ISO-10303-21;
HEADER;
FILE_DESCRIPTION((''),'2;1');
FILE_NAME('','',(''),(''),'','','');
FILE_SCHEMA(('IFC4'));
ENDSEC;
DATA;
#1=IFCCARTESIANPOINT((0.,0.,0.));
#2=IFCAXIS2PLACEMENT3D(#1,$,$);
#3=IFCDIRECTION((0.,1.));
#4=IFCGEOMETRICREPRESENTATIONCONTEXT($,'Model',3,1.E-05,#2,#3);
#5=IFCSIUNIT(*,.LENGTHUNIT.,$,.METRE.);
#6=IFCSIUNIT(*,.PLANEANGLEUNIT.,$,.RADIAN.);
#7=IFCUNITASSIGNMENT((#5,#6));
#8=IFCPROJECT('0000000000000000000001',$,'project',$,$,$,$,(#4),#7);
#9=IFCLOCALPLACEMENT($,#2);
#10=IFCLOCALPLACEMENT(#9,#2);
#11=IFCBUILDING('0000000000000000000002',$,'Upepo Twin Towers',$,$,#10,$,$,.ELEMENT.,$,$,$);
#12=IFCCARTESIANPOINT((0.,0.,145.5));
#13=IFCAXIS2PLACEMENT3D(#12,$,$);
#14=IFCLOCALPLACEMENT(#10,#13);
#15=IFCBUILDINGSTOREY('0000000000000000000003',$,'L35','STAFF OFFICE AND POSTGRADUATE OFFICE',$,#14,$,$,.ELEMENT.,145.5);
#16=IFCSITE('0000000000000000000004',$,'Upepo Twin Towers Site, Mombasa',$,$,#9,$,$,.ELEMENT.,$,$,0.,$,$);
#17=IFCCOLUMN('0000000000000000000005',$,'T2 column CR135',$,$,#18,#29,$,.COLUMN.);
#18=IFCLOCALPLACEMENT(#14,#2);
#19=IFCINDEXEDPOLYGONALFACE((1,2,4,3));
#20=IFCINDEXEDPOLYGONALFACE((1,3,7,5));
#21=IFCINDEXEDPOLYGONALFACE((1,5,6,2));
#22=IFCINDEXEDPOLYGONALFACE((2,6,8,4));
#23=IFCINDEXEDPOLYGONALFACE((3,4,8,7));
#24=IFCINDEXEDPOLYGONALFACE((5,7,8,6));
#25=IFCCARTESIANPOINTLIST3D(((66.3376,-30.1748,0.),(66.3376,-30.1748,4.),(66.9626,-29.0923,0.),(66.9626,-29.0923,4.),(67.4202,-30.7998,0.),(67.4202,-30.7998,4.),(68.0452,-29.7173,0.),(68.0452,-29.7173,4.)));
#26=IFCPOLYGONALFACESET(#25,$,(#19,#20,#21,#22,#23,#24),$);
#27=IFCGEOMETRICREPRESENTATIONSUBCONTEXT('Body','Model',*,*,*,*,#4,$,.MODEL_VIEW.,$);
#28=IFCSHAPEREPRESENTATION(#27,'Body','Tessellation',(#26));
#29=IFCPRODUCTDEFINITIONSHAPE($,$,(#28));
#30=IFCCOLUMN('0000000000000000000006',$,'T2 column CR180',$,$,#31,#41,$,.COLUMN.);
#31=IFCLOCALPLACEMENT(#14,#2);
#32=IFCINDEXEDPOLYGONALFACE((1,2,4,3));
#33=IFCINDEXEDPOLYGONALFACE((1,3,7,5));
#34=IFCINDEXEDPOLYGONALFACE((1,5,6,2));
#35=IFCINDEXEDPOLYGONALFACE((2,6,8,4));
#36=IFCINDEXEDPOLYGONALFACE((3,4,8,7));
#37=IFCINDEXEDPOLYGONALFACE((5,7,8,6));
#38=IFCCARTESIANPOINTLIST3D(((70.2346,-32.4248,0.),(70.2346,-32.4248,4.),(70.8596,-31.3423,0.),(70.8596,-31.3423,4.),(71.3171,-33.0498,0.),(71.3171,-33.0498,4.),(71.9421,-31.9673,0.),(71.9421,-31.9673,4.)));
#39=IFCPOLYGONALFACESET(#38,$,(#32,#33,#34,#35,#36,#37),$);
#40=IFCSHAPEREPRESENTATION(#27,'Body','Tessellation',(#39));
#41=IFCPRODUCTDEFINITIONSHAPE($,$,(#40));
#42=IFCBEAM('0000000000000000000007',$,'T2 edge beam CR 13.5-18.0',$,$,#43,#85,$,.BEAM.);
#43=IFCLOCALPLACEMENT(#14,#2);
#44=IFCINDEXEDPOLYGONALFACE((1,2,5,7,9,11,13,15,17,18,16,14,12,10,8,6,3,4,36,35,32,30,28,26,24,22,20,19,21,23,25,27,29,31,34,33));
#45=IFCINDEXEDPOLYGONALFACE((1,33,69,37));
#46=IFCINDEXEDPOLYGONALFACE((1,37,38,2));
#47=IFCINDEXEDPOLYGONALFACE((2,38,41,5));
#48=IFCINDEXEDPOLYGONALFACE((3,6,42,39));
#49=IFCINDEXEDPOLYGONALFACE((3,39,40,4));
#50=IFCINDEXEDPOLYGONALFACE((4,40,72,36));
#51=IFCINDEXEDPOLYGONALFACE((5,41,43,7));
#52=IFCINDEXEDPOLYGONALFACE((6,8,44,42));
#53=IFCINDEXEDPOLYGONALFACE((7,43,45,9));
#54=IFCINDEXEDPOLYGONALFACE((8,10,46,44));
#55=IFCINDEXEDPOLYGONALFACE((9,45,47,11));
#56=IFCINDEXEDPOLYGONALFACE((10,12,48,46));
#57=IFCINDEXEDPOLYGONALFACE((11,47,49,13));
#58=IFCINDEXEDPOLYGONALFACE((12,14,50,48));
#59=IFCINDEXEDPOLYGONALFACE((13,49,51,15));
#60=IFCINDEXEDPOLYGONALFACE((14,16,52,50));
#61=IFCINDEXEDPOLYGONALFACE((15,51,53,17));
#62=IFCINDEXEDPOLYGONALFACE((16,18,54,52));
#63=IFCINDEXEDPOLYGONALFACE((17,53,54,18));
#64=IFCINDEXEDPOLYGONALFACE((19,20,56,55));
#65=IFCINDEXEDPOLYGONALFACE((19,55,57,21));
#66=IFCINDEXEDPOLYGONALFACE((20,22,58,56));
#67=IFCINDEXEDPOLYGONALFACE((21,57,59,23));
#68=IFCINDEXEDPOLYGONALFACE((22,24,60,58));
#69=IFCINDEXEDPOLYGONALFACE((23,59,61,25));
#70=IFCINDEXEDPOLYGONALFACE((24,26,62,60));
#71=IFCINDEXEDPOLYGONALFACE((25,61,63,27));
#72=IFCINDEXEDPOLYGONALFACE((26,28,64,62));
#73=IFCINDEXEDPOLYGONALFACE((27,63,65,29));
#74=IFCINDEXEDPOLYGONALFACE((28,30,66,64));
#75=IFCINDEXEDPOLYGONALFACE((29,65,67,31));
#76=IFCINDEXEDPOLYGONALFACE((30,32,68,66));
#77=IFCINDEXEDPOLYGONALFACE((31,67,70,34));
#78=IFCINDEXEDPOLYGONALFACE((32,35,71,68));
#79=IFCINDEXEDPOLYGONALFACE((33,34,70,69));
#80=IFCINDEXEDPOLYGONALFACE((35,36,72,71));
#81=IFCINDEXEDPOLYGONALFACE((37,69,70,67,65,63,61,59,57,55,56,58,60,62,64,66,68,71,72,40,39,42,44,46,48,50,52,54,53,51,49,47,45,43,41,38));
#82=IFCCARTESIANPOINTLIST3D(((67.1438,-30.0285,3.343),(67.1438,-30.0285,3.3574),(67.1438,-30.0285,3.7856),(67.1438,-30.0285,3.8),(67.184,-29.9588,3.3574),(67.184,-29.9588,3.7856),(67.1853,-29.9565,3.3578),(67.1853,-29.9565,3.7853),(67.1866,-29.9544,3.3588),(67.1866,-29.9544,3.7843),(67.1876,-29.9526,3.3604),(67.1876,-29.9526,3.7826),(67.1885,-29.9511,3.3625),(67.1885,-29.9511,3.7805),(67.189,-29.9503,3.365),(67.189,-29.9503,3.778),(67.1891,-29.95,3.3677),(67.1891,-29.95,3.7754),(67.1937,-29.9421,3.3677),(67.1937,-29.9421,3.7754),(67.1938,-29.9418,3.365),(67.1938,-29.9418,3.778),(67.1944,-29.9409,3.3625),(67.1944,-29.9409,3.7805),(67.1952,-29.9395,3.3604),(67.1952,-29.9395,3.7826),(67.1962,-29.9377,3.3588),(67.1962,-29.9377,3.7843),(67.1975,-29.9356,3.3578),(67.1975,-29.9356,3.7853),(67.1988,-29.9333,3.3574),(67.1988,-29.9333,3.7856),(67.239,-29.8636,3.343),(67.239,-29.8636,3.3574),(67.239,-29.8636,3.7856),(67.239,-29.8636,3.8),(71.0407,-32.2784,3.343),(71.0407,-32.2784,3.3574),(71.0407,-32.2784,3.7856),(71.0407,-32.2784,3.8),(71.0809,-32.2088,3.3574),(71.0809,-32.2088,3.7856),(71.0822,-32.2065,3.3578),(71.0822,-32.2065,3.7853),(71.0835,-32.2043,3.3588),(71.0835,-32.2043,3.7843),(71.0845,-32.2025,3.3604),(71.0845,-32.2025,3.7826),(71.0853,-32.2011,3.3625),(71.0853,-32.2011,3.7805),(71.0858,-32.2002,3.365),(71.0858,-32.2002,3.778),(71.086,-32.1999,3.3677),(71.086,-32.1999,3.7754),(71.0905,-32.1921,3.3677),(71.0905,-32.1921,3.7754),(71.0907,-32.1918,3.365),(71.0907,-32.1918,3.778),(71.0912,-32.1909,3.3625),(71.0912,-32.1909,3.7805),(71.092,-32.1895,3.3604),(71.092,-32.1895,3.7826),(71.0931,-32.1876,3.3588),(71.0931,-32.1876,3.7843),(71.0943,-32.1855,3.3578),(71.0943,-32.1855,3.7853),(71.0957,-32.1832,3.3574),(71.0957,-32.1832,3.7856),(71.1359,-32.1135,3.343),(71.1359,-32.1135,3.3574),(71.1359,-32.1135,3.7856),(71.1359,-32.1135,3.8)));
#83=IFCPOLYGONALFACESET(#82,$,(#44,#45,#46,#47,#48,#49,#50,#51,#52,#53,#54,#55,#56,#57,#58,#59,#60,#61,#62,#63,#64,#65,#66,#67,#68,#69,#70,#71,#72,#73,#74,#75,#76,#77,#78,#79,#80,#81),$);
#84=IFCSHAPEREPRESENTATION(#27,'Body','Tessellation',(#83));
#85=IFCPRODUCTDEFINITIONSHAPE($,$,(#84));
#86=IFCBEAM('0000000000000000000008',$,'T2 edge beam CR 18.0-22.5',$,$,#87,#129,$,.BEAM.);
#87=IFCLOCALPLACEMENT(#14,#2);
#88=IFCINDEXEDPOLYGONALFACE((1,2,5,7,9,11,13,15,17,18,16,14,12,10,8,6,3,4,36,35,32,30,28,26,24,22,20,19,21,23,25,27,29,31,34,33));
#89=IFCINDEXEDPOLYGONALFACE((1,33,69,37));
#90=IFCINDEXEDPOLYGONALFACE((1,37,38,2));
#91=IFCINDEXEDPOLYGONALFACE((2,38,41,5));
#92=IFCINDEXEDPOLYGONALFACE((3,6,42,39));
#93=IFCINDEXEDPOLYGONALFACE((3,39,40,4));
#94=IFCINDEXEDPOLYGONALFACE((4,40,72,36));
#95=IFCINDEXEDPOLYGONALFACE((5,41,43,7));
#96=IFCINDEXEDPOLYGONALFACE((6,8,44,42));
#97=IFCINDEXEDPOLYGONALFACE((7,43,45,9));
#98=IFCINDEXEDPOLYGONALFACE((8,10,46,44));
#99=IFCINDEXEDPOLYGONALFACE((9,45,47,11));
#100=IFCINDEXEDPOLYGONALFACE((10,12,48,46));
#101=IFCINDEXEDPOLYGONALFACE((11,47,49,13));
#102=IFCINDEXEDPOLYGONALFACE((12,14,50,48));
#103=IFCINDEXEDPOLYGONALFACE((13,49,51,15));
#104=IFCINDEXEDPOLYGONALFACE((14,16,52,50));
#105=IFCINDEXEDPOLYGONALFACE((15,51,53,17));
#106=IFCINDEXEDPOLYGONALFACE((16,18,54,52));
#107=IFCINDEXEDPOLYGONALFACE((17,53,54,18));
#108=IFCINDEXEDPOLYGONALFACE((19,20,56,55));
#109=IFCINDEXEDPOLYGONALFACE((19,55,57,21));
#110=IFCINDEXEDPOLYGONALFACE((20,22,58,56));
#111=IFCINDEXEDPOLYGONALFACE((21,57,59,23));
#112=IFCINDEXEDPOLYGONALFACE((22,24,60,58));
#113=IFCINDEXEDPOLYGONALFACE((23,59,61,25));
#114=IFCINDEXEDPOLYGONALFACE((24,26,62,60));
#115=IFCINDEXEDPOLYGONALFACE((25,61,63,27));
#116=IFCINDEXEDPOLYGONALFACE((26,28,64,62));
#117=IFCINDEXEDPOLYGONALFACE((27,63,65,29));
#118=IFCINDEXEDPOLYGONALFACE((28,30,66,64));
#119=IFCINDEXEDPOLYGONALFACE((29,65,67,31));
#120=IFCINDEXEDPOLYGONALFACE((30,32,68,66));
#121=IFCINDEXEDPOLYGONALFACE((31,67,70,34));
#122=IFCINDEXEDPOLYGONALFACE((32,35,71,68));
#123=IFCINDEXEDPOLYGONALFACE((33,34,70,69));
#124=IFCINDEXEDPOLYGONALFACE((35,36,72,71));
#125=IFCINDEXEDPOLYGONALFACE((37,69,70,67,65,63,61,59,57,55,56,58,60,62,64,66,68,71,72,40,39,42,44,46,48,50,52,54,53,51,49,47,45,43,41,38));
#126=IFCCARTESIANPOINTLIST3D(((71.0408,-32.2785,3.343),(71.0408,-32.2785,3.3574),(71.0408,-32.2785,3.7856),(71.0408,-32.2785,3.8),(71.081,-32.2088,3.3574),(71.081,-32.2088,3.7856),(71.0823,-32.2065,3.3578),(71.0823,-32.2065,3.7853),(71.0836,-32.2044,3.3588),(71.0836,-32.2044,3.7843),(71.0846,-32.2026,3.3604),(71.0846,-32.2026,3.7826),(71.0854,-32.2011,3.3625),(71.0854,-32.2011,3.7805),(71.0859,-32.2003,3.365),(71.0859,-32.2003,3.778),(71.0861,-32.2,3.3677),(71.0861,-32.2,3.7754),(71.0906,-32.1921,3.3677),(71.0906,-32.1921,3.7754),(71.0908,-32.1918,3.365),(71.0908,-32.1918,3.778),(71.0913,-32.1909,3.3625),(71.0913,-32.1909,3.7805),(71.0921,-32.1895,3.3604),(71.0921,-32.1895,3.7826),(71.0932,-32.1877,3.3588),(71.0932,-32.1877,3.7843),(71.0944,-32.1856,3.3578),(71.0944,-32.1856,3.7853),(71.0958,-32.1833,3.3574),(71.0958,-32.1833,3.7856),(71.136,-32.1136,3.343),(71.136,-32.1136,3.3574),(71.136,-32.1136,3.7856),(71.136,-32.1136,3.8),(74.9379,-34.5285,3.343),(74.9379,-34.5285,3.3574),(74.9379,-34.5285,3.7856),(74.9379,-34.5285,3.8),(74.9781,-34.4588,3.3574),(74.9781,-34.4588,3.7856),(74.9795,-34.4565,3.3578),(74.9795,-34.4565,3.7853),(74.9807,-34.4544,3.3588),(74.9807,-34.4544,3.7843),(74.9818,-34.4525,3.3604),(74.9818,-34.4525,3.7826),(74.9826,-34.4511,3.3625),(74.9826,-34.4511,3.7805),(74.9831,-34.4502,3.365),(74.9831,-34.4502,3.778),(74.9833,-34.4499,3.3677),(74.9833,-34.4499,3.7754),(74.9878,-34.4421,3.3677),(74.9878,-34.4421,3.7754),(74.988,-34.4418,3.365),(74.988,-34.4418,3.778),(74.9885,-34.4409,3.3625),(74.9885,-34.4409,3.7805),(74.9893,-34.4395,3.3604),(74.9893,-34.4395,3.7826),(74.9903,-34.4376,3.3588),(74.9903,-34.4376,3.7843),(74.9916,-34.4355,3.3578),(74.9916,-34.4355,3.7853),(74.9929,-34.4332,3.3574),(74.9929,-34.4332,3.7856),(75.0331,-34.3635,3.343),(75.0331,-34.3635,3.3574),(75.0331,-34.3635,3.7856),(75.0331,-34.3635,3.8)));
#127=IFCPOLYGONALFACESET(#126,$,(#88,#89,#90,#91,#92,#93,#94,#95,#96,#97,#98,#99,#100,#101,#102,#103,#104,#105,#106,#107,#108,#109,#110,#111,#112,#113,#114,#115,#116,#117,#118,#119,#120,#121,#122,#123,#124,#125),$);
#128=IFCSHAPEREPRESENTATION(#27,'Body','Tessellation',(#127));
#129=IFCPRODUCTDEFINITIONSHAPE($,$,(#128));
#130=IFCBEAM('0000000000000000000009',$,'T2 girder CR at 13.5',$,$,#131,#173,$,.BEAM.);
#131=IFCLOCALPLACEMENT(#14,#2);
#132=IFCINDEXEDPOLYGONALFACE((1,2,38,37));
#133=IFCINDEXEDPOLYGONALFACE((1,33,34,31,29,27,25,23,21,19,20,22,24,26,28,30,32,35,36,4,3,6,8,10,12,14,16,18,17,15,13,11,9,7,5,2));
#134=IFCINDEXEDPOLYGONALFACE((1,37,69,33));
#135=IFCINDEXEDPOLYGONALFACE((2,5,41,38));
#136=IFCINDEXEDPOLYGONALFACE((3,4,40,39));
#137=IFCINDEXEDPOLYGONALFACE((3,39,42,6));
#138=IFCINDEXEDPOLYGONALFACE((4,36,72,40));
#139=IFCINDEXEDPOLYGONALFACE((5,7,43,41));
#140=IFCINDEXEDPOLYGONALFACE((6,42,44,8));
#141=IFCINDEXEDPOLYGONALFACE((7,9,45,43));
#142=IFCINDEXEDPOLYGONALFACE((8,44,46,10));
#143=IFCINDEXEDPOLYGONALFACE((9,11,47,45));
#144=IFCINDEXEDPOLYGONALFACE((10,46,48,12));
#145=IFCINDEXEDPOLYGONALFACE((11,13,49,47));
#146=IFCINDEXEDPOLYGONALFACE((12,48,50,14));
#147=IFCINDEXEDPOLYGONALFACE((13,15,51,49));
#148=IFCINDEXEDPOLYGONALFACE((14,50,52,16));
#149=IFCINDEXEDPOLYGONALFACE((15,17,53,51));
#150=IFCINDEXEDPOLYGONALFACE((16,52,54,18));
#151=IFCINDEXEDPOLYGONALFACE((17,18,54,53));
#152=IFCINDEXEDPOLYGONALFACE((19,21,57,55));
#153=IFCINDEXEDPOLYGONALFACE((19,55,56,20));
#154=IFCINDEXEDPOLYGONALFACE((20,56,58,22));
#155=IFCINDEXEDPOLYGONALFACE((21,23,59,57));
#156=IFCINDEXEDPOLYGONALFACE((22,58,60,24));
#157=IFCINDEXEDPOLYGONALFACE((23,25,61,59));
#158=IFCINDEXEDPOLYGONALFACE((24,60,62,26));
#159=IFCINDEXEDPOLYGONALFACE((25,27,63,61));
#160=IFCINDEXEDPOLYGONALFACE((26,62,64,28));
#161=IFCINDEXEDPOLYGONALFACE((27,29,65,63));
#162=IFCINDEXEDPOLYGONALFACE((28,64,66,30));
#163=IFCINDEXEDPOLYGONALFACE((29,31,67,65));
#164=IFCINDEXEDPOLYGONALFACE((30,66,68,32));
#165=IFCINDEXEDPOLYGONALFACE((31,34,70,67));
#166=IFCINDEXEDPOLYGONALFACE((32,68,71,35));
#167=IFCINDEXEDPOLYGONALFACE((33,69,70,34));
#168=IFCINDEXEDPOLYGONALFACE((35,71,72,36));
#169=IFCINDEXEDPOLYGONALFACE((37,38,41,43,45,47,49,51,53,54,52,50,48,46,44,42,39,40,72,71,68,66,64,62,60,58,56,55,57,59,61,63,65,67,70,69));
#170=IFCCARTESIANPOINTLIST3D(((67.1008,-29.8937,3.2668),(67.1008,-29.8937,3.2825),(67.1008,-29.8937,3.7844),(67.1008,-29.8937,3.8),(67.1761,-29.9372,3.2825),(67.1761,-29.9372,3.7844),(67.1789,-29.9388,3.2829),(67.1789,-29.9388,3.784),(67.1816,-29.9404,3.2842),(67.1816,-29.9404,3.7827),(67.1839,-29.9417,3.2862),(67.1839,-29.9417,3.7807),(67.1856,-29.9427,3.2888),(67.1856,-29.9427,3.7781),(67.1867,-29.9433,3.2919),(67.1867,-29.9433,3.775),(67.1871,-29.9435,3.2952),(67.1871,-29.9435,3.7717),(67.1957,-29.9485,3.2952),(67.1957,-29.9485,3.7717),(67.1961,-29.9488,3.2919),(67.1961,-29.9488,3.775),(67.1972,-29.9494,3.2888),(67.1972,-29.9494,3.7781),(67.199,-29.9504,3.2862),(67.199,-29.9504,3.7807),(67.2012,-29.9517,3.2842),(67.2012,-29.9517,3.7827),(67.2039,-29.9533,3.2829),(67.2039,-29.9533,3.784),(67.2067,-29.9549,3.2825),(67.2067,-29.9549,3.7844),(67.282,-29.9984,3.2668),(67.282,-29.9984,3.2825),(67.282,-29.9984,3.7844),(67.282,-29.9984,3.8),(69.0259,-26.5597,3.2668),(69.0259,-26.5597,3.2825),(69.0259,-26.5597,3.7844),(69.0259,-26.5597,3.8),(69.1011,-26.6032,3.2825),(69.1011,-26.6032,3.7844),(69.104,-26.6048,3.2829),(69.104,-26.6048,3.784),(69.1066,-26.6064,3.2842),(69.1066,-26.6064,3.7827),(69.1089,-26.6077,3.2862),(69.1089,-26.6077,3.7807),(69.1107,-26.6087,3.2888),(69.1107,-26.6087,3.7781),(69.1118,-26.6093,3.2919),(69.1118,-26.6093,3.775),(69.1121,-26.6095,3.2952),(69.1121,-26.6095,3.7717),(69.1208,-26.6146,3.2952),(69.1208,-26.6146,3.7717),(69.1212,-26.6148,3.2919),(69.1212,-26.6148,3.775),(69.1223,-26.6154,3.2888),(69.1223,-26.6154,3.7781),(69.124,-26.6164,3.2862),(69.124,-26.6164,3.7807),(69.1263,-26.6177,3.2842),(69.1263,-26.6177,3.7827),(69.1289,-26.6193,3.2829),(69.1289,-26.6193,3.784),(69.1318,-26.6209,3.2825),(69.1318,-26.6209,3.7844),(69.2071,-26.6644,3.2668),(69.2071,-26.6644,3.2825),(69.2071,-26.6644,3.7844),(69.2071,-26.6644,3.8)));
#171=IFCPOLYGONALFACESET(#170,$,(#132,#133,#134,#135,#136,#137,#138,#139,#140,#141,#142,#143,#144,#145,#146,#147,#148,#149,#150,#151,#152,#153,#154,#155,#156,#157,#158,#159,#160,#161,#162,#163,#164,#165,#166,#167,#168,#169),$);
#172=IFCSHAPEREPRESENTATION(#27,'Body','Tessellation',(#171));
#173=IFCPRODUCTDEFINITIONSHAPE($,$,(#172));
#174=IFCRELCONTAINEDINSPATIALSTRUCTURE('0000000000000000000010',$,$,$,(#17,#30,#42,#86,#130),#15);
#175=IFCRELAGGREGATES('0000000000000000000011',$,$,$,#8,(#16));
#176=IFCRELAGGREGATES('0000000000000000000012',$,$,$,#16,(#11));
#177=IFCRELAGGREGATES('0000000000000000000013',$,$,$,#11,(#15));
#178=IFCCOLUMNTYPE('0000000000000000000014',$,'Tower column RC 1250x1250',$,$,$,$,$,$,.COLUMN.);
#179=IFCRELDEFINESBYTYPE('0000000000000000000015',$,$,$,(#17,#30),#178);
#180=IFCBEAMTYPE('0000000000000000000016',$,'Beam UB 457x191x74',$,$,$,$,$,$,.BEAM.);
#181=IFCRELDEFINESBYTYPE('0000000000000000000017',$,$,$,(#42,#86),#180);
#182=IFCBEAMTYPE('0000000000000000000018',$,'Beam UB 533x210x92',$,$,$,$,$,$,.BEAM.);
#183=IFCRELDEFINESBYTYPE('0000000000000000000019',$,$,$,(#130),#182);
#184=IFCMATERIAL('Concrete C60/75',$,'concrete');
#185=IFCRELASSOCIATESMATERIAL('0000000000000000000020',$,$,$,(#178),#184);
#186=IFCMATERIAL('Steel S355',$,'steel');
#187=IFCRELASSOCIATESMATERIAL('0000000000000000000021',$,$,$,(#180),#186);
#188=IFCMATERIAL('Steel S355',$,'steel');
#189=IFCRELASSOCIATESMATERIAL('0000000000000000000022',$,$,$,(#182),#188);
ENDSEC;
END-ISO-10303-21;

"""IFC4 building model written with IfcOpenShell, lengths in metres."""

from ifc_helpers import new_model, si_unit, direction, frame, origin, origin_2d, place, context, subcontext, project, spatial, rectangle, i_section, extrude, material, material_profile, profile_set, type_object, element, save


model = new_model("IFC4")

# Units and contexts
model_context = context("Model", 3, precision=1e-05, world=origin(), true_north=direction((0.0, 1.0)))
body_context = subcontext(model_context, "Body", "Model", "MODEL_VIEW")
ifc_project = project(units=[si_unit("LENGTHUNIT", "METRE"), si_unit("PLANEANGLEUNIT", "RADIAN")], contexts=[model_context])

# Site, building, storey
site_placement = place(None, origin())
site = spatial("IfcSite", under=ifc_project, at=site_placement, Name="Upepo Twin Towers Site, Mombasa", CompositionType="ELEMENT", RefElevation=0.0)
building_placement = place(site_placement, origin())
building = spatial("IfcBuilding", under=site, at=building_placement, Name="Upepo Twin Towers", CompositionType="ELEMENT")
storey_placement = place(building_placement, frame((0.0, 0.0, 145.5)))
storey = spatial("IfcBuildingStorey", under=building, at=storey_placement, Name="L35", Description="STAFF OFFICE AND POSTGRADUATE OFFICE", CompositionType="ELEMENT", Elevation=145.5)

# Columns
ifc_material_1 = material(Name="Concrete C60/75", Category="concrete")
ifc_material_profile_1 = material_profile(ifc_material_1, rectangle(XDim=1.25, YDim=1.25, at=origin_2d()), Name="RC 1250x1250")
ifc_profile_set_1 = profile_set([ifc_material_profile_1], Name="Concrete C60/75")
column_type = type_object("IfcColumnType", Name="Tower column RC 1250x1250", PredefinedType="COLUMN", material=ifc_profile_set_1)
for number, where, z_axis, x_axis, name in (
    (1, (67.1914, -29.946, 0.0), (0.0, 0.0, 1.0), (0.5, 0.866025, 0.0), "T2 column CR135"),
    (2, (71.0884, -32.196, 0.0), (0.0, 0.0, 1.0), (0.5, 0.866025, 0.0), "T2 column CR180"),
):
    element("IfcColumn", number, at=place(storey_placement, frame(where, z_axis=z_axis, x_axis=x_axis)), inside=storey, type_object=column_type, Name=name, PredefinedType="COLUMN", context=body_context, shape_type="SweptSolid", body=[
        extrude(rectangle(XDim=1.25, YDim=1.25, at=origin_2d()), origin(), (0.0, 0.0, 1.0), 4.0),
    ])

# Beams
ifc_material_2 = material(Name="Steel S355", Category="steel")
ifc_material_profile_2 = material_profile(ifc_material_2, i_section(OverallWidth=0.1904, OverallDepth=0.457, WebThickness=0.009, FlangeThickness=0.0144, FilletRadius=0.0103, at=origin_2d()), Name="UB 457x191x74")
ifc_profile_set_2 = profile_set([ifc_material_profile_2], Name="Steel S355")
beam_type_1 = type_object("IfcBeamType", Name="Beam UB 457x191x74", PredefinedType="BEAM", material=ifc_profile_set_2)
beam_1_placement = place(storey_placement, frame((67.1914, -29.946, 3.5715), z_axis=(0.866018, -0.500014, 0.0), x_axis=(0.500014, 0.866018, 0.0)))
element("IfcBeam", 3, at=beam_1_placement, inside=storey, type_object=beam_type_1, Name="T2 edge beam CR 13.5-18.0", PredefinedType="BEAM", context=body_context, shape_type="SweptSolid", body=[
    extrude(i_section(OverallWidth=0.1904, OverallDepth=0.457, WebThickness=0.009, FlangeThickness=0.0144, FilletRadius=0.0103, at=origin_2d()), origin(), (0.0, 0.0, 1.0), 4.4998),
])
beam_2_placement = place(storey_placement, frame((71.0884, -32.196, 3.5715), z_axis=(0.866031, -0.49999, 0.0), x_axis=(0.49999, 0.866031, 0.0)))
element("IfcBeam", 4, at=beam_2_placement, inside=storey, type_object=beam_type_1, Name="T2 edge beam CR 18.0-22.5", PredefinedType="BEAM", context=body_context, shape_type="SweptSolid", body=[
    extrude(i_section(OverallWidth=0.1904, OverallDepth=0.457, WebThickness=0.009, FlangeThickness=0.0144, FilletRadius=0.0103, at=origin_2d()), origin(), (0.0, 0.0, 1.0), 4.5),
])
ifc_material_3 = material(Name="Steel S355", Category="steel")
ifc_material_profile_3 = material_profile(ifc_material_3, i_section(OverallWidth=0.2092, OverallDepth=0.5332, WebThickness=0.01, FlangeThickness=0.0156, FilletRadius=0.0127, at=origin_2d()), Name="UB 533x210x92")
ifc_profile_set_3 = profile_set([ifc_material_profile_3], Name="Steel S355")
beam_type_2 = type_object("IfcBeamType", Name="Beam UB 533x210x92", PredefinedType="BEAM", material=ifc_profile_set_3)
for number, where, z_axis, x_axis, name in (
    (5, (67.1914, -29.946, 3.5334), (0.500034, 0.866006, 0.0), (-0.866006, 0.500034, 0.0), "T2 girder CR at 13.5"),
):
    element("IfcBeam", number, at=place(storey_placement, frame(where, z_axis=z_axis, x_axis=x_axis)), inside=storey, type_object=beam_type_2, Name=name, PredefinedType="BEAM", context=body_context, shape_type="SweptSolid", body=[
        extrude(i_section(OverallWidth=0.2092, OverallDepth=0.5332, WebThickness=0.01, FlangeThickness=0.0156, FilletRadius=0.0127, at=origin_2d()), origin(), (0.0, 0.0, 1.0), 3.8499),
    ])

save(model, "model.ifc")
